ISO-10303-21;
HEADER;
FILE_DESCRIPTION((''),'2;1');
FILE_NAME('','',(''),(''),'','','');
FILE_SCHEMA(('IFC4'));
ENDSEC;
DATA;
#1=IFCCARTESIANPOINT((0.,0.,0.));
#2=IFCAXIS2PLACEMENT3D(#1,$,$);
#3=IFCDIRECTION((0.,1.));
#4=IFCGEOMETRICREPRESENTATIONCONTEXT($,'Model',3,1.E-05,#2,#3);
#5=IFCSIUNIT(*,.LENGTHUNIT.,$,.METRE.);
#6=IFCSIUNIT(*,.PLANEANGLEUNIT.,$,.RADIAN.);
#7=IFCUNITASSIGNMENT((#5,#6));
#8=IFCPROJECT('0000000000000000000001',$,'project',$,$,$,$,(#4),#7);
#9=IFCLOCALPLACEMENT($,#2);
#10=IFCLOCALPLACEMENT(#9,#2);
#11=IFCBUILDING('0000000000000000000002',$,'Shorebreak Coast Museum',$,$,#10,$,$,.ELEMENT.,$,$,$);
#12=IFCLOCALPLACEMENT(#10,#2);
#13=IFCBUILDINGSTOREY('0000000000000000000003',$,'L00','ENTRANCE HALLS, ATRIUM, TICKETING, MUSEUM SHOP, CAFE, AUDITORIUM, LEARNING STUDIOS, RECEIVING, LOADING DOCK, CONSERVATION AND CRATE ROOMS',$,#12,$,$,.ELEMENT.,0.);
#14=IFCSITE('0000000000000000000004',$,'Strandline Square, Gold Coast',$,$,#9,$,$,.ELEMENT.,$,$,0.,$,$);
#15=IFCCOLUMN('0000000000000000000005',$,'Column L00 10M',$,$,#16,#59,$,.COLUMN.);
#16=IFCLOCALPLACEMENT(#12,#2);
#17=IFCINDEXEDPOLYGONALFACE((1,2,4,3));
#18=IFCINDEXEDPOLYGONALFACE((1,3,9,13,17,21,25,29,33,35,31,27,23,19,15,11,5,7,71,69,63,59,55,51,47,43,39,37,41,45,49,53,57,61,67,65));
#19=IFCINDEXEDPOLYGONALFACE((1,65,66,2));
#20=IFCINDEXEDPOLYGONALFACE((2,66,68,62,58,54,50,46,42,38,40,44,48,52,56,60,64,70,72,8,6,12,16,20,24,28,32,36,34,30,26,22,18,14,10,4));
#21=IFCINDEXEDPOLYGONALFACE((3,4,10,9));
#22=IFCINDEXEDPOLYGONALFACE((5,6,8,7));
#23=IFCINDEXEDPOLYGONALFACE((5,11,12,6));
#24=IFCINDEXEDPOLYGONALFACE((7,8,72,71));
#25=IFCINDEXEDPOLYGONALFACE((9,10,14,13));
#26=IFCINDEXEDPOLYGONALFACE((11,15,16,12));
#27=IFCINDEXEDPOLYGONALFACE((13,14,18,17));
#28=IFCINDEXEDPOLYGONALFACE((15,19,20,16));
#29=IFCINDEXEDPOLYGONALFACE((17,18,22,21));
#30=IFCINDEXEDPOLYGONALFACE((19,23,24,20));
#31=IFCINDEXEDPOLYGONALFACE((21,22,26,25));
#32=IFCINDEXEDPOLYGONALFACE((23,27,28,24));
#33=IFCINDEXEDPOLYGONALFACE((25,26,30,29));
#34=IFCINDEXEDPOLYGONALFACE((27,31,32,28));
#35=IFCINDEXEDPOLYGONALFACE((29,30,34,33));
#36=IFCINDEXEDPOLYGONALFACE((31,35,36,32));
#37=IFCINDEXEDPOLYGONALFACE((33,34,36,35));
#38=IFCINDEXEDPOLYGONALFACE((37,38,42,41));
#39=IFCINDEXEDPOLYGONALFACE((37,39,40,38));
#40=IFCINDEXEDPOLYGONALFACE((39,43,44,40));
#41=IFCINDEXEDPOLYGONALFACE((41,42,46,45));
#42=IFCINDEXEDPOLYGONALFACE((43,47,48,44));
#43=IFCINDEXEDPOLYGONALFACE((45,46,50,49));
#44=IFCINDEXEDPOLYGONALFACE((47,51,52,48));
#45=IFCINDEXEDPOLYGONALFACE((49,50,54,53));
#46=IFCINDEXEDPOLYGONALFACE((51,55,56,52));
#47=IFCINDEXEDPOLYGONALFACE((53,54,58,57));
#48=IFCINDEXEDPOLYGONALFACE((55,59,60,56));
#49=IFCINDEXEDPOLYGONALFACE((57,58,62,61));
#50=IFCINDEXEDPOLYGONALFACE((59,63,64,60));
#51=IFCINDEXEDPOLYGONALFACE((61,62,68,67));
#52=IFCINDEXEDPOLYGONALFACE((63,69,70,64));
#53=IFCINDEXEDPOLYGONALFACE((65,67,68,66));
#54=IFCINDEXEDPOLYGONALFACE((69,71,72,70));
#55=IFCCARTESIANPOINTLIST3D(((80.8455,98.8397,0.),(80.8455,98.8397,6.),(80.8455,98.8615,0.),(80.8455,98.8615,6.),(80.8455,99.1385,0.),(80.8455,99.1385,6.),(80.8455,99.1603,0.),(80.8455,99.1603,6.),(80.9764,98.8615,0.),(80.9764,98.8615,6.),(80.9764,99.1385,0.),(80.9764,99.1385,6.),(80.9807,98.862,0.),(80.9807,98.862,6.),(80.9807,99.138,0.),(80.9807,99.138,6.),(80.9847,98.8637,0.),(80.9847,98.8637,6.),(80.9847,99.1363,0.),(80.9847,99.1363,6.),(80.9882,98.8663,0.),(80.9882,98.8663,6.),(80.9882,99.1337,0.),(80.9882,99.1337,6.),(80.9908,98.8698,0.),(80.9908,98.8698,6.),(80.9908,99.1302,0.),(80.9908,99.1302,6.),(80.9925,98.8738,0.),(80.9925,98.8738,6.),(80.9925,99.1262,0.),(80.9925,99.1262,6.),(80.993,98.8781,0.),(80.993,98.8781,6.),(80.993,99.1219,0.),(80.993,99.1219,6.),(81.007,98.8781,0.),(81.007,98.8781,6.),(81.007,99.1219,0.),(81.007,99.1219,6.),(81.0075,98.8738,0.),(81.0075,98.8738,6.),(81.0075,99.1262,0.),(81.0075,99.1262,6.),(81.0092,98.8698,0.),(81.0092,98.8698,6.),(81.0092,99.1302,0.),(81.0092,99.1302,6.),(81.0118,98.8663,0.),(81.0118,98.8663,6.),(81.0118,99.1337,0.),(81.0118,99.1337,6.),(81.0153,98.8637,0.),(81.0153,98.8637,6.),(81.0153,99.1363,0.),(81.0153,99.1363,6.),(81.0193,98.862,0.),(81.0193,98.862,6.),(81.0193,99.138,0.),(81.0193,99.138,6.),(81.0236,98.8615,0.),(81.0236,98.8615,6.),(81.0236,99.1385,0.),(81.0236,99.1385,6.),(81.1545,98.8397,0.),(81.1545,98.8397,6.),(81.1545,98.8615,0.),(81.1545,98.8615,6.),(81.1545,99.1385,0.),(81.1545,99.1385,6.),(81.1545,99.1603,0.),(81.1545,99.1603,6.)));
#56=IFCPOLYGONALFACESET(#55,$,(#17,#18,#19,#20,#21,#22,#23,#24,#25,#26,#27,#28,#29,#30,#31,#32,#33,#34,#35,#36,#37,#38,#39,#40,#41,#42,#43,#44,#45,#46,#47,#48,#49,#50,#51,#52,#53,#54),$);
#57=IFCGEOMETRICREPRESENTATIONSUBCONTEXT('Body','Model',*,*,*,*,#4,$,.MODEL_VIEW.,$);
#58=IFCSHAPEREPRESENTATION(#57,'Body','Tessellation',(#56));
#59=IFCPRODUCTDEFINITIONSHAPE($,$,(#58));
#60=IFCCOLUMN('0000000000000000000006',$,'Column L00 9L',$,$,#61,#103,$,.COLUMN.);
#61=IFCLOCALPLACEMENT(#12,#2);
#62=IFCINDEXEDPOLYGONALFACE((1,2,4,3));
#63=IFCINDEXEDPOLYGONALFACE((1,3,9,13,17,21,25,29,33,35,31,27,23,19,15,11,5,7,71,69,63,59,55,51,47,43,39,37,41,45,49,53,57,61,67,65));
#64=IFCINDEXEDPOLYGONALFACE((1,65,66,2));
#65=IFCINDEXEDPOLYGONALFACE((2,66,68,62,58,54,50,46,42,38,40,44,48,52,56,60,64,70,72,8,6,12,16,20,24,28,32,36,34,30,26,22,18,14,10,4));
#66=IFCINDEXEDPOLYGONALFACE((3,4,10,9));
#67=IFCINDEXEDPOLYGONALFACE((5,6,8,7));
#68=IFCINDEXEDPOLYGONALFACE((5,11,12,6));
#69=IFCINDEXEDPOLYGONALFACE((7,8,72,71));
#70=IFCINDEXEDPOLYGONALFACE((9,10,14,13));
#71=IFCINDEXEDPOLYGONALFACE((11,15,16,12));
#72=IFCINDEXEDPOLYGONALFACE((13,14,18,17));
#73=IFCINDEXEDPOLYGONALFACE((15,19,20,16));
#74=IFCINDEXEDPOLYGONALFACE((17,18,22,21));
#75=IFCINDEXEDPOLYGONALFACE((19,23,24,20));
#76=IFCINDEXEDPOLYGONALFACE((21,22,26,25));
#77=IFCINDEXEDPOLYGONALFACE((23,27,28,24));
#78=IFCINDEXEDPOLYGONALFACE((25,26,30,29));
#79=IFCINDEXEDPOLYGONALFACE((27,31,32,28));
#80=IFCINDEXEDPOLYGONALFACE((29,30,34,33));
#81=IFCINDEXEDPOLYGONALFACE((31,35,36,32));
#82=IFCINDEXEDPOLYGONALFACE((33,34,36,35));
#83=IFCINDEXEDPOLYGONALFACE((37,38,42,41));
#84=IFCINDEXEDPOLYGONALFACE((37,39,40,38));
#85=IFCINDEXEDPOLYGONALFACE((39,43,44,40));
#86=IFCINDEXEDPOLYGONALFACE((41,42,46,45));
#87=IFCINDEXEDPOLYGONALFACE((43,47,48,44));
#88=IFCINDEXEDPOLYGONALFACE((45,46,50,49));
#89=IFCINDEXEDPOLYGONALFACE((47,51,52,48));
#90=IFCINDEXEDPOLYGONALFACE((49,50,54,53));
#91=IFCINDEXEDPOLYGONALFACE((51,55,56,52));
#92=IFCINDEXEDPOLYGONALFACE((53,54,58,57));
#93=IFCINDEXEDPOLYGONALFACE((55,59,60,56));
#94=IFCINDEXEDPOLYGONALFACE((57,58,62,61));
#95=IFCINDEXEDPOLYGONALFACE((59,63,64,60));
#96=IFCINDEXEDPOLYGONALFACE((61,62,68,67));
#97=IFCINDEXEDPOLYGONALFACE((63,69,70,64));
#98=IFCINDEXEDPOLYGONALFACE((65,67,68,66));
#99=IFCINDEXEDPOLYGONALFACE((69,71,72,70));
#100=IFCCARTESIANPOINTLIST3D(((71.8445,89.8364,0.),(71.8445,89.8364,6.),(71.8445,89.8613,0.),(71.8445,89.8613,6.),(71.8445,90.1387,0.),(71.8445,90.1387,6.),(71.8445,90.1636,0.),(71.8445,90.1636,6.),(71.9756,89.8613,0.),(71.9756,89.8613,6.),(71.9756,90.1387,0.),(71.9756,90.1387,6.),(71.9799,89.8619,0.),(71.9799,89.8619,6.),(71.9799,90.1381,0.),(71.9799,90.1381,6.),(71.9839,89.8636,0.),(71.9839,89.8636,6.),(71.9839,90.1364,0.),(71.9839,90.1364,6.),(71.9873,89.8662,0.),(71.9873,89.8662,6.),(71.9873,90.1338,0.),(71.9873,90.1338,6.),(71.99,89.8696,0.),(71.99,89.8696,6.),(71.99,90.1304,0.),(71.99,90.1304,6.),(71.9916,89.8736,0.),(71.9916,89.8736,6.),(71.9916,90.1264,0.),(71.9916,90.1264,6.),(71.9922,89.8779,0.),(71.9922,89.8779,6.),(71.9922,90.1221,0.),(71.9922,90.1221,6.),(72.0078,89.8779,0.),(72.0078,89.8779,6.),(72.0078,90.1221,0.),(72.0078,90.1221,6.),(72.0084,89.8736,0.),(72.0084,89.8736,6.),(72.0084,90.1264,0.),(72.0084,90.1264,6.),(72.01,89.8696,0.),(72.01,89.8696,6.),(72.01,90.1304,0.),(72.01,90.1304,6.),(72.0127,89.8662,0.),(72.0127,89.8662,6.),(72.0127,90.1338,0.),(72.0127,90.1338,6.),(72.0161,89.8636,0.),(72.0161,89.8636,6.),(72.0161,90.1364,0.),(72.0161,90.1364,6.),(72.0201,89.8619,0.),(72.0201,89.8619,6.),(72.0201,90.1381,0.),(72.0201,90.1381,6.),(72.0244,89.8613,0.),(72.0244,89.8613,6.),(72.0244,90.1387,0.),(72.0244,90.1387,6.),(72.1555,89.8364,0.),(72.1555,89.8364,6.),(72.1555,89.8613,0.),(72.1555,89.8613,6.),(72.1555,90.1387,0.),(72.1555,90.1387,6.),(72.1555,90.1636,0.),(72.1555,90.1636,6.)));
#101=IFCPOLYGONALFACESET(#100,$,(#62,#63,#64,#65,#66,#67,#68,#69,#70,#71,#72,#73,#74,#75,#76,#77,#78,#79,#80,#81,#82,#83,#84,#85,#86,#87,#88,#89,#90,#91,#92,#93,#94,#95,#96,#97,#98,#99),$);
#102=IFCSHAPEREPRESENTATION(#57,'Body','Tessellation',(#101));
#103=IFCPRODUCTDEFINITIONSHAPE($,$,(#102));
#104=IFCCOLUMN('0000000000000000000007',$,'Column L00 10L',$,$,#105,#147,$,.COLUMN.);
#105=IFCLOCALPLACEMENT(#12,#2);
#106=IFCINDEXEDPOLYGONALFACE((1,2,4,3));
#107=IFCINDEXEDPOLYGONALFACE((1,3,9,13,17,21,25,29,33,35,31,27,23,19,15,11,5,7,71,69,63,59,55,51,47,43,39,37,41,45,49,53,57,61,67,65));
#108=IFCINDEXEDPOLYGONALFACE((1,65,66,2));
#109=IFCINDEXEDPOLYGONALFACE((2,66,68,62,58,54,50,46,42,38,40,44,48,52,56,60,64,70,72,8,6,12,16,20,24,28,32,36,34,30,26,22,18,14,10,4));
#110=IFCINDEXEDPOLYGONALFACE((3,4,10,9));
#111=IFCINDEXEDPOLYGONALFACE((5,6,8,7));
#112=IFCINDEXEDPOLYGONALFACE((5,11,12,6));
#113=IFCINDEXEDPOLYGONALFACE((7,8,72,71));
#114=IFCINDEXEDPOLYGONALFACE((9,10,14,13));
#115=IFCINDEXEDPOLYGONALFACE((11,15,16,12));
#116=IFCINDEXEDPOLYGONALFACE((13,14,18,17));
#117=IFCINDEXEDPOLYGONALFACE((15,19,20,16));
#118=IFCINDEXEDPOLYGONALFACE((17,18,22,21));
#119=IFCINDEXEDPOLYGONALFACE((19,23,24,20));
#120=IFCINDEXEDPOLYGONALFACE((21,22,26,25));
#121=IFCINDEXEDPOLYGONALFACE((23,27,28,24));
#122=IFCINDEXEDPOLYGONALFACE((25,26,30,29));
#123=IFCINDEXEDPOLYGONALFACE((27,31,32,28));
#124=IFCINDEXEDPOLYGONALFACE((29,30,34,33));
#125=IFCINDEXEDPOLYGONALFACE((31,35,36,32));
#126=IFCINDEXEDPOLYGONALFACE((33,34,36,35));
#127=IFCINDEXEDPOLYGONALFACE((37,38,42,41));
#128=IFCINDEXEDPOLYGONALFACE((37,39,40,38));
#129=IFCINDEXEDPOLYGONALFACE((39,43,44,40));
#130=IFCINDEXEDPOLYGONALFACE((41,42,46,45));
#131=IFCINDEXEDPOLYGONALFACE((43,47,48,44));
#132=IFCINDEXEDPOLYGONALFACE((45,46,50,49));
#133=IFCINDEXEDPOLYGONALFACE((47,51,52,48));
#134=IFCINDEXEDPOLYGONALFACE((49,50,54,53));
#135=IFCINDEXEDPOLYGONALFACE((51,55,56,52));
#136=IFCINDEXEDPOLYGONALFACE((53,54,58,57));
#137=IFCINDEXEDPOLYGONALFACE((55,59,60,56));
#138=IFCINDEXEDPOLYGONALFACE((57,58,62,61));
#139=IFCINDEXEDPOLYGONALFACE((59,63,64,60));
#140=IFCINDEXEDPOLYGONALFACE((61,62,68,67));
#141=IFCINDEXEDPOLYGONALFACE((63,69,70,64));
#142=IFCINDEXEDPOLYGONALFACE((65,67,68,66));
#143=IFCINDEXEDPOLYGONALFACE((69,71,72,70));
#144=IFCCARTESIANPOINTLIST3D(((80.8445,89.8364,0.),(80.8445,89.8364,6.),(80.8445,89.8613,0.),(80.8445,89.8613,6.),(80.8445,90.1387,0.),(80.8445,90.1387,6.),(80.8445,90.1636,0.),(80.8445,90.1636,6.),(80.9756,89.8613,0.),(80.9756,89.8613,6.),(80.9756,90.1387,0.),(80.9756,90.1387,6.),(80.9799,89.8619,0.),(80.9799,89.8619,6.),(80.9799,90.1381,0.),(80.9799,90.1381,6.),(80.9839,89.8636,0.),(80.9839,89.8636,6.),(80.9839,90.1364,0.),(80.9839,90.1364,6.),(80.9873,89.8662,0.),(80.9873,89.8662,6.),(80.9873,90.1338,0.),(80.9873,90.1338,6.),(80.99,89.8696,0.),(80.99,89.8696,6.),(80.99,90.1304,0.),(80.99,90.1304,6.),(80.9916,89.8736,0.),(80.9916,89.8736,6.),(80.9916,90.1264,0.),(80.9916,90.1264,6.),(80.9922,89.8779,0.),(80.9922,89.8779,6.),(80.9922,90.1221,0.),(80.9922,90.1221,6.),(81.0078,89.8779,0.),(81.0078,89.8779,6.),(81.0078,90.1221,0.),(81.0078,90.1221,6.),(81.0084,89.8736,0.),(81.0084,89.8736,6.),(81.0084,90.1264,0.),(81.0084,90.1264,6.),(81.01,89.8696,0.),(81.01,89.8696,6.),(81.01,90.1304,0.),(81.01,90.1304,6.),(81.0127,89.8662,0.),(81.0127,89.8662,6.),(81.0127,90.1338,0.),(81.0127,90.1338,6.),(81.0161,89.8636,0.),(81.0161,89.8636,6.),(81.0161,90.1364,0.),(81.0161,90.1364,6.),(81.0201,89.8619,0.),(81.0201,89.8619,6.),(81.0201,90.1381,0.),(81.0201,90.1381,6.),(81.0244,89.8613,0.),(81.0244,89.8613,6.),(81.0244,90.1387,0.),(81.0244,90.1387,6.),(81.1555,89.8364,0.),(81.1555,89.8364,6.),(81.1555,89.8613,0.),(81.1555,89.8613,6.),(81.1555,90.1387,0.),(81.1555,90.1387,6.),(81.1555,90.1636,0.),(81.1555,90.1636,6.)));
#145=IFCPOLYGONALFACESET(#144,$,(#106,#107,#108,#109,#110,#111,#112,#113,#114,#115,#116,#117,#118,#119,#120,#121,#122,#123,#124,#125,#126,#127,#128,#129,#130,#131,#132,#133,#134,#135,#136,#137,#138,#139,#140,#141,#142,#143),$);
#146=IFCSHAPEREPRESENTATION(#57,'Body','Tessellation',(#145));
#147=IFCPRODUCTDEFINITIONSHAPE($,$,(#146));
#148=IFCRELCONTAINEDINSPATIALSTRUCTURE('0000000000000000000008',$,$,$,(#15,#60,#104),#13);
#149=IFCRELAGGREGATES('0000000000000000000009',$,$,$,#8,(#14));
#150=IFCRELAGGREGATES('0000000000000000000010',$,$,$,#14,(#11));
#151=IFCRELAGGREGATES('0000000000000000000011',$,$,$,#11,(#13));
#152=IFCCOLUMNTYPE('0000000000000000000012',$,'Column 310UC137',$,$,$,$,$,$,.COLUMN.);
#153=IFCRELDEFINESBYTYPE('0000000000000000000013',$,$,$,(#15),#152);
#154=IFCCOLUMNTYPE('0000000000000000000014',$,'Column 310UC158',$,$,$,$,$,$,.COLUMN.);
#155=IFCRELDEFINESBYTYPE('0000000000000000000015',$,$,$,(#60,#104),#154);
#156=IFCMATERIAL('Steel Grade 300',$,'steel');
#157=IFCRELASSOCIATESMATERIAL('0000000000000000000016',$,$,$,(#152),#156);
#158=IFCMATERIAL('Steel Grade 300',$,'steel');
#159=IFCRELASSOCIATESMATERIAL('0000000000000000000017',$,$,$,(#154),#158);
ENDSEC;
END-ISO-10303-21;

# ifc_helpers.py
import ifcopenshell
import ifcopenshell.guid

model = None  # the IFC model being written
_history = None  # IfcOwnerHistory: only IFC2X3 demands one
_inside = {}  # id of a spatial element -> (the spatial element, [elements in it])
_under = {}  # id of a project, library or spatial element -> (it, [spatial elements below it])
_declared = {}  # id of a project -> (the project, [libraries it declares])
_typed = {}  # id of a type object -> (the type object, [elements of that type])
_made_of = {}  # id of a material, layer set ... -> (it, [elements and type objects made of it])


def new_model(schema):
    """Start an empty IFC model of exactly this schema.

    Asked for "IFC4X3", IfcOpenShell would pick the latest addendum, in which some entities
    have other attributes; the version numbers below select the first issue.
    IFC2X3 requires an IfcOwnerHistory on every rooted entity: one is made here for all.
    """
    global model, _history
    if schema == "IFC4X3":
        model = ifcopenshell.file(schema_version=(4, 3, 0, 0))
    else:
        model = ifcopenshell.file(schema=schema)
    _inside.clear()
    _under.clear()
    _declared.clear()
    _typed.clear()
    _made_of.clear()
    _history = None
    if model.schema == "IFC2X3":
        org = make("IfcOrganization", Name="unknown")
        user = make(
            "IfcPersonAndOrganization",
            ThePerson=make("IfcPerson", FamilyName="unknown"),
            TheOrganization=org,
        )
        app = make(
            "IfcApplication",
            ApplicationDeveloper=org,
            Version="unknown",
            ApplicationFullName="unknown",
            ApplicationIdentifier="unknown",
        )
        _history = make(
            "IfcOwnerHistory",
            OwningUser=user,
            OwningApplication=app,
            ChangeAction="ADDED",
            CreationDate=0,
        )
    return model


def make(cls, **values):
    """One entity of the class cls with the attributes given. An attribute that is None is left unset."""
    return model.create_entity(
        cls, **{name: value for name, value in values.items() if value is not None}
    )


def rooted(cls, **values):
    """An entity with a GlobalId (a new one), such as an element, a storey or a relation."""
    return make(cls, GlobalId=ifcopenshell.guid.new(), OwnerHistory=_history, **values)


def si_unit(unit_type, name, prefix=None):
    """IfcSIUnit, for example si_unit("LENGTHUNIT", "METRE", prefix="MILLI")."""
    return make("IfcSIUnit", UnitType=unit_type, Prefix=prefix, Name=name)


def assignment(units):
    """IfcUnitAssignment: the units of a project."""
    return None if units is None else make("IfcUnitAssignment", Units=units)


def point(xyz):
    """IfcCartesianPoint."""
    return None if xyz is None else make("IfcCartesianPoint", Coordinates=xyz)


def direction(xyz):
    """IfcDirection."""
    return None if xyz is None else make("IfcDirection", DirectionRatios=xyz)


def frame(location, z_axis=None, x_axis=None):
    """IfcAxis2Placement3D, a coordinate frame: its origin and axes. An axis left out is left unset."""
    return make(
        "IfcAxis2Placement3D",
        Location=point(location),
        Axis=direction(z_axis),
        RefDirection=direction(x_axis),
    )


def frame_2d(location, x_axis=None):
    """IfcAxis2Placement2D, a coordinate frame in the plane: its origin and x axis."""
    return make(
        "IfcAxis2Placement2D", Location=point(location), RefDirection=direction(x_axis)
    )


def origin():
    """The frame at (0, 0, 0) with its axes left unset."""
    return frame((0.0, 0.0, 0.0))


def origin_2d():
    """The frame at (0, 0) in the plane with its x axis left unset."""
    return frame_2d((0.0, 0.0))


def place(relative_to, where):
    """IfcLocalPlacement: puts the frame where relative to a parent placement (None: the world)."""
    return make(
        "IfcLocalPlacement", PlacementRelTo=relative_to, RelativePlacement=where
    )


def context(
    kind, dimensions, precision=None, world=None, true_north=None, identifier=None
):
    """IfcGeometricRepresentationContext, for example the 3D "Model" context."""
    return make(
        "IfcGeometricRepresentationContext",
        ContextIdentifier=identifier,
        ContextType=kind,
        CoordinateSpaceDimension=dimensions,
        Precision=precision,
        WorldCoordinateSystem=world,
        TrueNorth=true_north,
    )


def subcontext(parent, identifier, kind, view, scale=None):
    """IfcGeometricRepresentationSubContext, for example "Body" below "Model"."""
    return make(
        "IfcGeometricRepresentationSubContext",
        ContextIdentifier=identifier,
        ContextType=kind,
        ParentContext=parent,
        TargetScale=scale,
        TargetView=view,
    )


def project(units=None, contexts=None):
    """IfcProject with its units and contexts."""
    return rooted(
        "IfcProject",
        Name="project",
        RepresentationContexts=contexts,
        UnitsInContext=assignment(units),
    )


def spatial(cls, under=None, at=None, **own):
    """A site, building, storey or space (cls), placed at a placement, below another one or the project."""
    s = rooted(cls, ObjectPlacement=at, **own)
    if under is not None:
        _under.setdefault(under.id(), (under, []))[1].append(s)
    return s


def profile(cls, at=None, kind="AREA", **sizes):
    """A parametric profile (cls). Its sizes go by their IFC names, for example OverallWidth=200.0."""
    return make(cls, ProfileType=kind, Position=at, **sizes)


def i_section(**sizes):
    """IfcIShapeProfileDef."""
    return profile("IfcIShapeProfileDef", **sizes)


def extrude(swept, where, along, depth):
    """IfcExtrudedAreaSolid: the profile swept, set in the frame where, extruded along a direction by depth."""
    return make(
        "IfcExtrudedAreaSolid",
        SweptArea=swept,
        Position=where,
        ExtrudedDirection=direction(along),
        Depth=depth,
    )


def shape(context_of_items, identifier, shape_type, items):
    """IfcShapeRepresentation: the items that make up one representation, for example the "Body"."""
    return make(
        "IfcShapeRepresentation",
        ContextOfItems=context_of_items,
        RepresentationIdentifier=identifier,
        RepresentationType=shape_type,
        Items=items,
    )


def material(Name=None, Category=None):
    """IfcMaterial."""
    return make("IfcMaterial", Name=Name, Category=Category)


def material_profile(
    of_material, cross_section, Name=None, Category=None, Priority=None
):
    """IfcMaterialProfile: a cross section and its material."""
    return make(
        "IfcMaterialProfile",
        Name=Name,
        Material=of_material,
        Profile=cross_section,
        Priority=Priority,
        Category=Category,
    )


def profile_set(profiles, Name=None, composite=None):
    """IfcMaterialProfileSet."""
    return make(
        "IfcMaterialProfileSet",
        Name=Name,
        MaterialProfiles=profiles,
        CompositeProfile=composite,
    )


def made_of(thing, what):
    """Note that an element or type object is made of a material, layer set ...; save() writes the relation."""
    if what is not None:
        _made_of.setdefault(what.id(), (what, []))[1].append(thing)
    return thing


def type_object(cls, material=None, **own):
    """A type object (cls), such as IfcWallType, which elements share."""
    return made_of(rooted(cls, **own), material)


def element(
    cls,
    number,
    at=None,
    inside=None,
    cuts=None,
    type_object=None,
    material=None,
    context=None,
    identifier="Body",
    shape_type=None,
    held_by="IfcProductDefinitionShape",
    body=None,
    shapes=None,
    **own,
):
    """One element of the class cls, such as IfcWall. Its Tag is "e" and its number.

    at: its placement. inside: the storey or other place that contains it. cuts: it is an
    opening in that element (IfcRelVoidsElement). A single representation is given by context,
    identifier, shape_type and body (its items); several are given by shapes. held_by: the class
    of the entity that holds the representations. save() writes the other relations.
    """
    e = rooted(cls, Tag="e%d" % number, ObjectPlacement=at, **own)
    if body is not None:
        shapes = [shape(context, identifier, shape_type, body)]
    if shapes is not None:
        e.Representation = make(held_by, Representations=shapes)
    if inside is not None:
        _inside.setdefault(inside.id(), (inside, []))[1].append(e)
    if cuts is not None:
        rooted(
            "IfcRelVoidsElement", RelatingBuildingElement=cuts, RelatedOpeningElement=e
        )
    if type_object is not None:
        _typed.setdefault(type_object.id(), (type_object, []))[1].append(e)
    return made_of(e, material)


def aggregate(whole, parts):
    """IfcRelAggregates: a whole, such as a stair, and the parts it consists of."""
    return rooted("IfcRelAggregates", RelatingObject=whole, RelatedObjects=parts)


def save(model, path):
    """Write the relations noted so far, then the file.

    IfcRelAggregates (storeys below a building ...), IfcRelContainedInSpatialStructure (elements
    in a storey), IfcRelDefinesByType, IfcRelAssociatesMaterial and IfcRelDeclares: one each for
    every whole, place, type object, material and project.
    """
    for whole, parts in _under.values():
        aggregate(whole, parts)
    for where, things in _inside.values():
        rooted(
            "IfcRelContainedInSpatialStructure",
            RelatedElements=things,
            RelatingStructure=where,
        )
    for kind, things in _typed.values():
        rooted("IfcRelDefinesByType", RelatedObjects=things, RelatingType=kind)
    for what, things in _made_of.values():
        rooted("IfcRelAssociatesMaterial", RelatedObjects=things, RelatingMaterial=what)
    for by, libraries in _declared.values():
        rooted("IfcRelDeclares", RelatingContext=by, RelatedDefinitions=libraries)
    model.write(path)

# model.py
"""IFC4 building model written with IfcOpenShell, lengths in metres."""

from ifc_helpers import new_model, si_unit, direction, frame, origin, origin_2d, place, context, subcontext, project, spatial, i_section, extrude, material, material_profile, profile_set, type_object, element, save


model = new_model("IFC4")

# Units and contexts
model_context = context("Model", 3, precision=1e-05, world=origin(), true_north=direction((0.0, 1.0)))
body_context = subcontext(model_context, "Body", "Model", "MODEL_VIEW")
ifc_project = project(units=[si_unit("LENGTHUNIT", "METRE"), si_unit("PLANEANGLEUNIT", "RADIAN")], contexts=[model_context])

# Site, building, storey
site_placement = place(None, origin())
site = spatial("IfcSite", under=ifc_project, at=site_placement, Name="Strandline Square, Gold Coast", CompositionType="ELEMENT", RefElevation=0.0)
building_placement = place(site_placement, origin())
building = spatial("IfcBuilding", under=site, at=building_placement, Name="Shorebreak Coast Museum", CompositionType="ELEMENT")
storey_placement = place(building_placement, origin())
storey = spatial("IfcBuildingStorey", under=building, at=storey_placement, Name="L00", Description="ENTRANCE HALLS, ATRIUM, TICKETING, MUSEUM SHOP, CAFE, AUDITORIUM, LEARNING STUDIOS, RECEIVING, LOADING DOCK, CONSERVATION AND CRATE ROOMS", CompositionType="ELEMENT", Elevation=0.0)

# Columns
ifc_material_1 = material(Name="Steel Grade 300", Category="steel")
ifc_material_profile_1 = material_profile(ifc_material_1, i_section(OverallWidth=0.3091, OverallDepth=0.3206, WebThickness=0.0139, FlangeThickness=0.0217, FilletRadius=0.0166, at=origin_2d()), Name="310UC137")
ifc_profile_set_1 = profile_set([ifc_material_profile_1], Name="Steel Grade 300")
column_type_1 = type_object("IfcColumnType", Name="Column 310UC137", PredefinedType="COLUMN", material=ifc_profile_set_1)
for number, where, z_axis, x_axis, name in (
    (1, (81.0, 99.0, 0.0), (0.0, 0.0, 1.0), (1.0, 0.0, 0.0), "Column L00 10M"),
):
    element("IfcColumn", number, at=place(storey_placement, frame(where, z_axis=z_axis, x_axis=x_axis)), inside=storey, type_object=column_type_1, Name=name, PredefinedType="COLUMN", context=body_context, shape_type="SweptSolid", body=[
        extrude(i_section(OverallWidth=0.3091, OverallDepth=0.3206, WebThickness=0.0139, FlangeThickness=0.0217, FilletRadius=0.0166, at=origin_2d()), origin(), (0.0, 0.0, 1.0), 6.0),
    ])
ifc_material_2 = material(Name="Steel Grade 300", Category="steel")
ifc_material_profile_2 = material_profile(ifc_material_2, i_section(OverallWidth=0.311, OverallDepth=0.3271, WebThickness=0.0156, FlangeThickness=0.0249, FilletRadius=0.0166, at=origin_2d()), Name="310UC158")
ifc_profile_set_2 = profile_set([ifc_material_profile_2], Name="Steel Grade 300")
column_type_2 = type_object("IfcColumnType", Name="Column 310UC158", PredefinedType="COLUMN", material=ifc_profile_set_2)
for number, where, z_axis, x_axis, name in (
    (2, (72.0, 90.0, 0.0), (0.0, 0.0, 1.0), (1.0, 0.0, 0.0), "Column L00 9L"),
    (3, (81.0, 90.0, 0.0), (0.0, 0.0, 1.0), (1.0, 0.0, 0.0), "Column L00 10L"),
):
    element("IfcColumn", number, at=place(storey_placement, frame(where, z_axis=z_axis, x_axis=x_axis)), inside=storey, type_object=column_type_2, Name=name, PredefinedType="COLUMN", context=body_context, shape_type="SweptSolid", body=[
        extrude(i_section(OverallWidth=0.311, OverallDepth=0.3271, WebThickness=0.0156, FlangeThickness=0.0249, FilletRadius=0.0166, at=origin_2d()), origin(), (0.0, 0.0, 1.0), 6.0),
    ])

save(model, "model.ifc")
